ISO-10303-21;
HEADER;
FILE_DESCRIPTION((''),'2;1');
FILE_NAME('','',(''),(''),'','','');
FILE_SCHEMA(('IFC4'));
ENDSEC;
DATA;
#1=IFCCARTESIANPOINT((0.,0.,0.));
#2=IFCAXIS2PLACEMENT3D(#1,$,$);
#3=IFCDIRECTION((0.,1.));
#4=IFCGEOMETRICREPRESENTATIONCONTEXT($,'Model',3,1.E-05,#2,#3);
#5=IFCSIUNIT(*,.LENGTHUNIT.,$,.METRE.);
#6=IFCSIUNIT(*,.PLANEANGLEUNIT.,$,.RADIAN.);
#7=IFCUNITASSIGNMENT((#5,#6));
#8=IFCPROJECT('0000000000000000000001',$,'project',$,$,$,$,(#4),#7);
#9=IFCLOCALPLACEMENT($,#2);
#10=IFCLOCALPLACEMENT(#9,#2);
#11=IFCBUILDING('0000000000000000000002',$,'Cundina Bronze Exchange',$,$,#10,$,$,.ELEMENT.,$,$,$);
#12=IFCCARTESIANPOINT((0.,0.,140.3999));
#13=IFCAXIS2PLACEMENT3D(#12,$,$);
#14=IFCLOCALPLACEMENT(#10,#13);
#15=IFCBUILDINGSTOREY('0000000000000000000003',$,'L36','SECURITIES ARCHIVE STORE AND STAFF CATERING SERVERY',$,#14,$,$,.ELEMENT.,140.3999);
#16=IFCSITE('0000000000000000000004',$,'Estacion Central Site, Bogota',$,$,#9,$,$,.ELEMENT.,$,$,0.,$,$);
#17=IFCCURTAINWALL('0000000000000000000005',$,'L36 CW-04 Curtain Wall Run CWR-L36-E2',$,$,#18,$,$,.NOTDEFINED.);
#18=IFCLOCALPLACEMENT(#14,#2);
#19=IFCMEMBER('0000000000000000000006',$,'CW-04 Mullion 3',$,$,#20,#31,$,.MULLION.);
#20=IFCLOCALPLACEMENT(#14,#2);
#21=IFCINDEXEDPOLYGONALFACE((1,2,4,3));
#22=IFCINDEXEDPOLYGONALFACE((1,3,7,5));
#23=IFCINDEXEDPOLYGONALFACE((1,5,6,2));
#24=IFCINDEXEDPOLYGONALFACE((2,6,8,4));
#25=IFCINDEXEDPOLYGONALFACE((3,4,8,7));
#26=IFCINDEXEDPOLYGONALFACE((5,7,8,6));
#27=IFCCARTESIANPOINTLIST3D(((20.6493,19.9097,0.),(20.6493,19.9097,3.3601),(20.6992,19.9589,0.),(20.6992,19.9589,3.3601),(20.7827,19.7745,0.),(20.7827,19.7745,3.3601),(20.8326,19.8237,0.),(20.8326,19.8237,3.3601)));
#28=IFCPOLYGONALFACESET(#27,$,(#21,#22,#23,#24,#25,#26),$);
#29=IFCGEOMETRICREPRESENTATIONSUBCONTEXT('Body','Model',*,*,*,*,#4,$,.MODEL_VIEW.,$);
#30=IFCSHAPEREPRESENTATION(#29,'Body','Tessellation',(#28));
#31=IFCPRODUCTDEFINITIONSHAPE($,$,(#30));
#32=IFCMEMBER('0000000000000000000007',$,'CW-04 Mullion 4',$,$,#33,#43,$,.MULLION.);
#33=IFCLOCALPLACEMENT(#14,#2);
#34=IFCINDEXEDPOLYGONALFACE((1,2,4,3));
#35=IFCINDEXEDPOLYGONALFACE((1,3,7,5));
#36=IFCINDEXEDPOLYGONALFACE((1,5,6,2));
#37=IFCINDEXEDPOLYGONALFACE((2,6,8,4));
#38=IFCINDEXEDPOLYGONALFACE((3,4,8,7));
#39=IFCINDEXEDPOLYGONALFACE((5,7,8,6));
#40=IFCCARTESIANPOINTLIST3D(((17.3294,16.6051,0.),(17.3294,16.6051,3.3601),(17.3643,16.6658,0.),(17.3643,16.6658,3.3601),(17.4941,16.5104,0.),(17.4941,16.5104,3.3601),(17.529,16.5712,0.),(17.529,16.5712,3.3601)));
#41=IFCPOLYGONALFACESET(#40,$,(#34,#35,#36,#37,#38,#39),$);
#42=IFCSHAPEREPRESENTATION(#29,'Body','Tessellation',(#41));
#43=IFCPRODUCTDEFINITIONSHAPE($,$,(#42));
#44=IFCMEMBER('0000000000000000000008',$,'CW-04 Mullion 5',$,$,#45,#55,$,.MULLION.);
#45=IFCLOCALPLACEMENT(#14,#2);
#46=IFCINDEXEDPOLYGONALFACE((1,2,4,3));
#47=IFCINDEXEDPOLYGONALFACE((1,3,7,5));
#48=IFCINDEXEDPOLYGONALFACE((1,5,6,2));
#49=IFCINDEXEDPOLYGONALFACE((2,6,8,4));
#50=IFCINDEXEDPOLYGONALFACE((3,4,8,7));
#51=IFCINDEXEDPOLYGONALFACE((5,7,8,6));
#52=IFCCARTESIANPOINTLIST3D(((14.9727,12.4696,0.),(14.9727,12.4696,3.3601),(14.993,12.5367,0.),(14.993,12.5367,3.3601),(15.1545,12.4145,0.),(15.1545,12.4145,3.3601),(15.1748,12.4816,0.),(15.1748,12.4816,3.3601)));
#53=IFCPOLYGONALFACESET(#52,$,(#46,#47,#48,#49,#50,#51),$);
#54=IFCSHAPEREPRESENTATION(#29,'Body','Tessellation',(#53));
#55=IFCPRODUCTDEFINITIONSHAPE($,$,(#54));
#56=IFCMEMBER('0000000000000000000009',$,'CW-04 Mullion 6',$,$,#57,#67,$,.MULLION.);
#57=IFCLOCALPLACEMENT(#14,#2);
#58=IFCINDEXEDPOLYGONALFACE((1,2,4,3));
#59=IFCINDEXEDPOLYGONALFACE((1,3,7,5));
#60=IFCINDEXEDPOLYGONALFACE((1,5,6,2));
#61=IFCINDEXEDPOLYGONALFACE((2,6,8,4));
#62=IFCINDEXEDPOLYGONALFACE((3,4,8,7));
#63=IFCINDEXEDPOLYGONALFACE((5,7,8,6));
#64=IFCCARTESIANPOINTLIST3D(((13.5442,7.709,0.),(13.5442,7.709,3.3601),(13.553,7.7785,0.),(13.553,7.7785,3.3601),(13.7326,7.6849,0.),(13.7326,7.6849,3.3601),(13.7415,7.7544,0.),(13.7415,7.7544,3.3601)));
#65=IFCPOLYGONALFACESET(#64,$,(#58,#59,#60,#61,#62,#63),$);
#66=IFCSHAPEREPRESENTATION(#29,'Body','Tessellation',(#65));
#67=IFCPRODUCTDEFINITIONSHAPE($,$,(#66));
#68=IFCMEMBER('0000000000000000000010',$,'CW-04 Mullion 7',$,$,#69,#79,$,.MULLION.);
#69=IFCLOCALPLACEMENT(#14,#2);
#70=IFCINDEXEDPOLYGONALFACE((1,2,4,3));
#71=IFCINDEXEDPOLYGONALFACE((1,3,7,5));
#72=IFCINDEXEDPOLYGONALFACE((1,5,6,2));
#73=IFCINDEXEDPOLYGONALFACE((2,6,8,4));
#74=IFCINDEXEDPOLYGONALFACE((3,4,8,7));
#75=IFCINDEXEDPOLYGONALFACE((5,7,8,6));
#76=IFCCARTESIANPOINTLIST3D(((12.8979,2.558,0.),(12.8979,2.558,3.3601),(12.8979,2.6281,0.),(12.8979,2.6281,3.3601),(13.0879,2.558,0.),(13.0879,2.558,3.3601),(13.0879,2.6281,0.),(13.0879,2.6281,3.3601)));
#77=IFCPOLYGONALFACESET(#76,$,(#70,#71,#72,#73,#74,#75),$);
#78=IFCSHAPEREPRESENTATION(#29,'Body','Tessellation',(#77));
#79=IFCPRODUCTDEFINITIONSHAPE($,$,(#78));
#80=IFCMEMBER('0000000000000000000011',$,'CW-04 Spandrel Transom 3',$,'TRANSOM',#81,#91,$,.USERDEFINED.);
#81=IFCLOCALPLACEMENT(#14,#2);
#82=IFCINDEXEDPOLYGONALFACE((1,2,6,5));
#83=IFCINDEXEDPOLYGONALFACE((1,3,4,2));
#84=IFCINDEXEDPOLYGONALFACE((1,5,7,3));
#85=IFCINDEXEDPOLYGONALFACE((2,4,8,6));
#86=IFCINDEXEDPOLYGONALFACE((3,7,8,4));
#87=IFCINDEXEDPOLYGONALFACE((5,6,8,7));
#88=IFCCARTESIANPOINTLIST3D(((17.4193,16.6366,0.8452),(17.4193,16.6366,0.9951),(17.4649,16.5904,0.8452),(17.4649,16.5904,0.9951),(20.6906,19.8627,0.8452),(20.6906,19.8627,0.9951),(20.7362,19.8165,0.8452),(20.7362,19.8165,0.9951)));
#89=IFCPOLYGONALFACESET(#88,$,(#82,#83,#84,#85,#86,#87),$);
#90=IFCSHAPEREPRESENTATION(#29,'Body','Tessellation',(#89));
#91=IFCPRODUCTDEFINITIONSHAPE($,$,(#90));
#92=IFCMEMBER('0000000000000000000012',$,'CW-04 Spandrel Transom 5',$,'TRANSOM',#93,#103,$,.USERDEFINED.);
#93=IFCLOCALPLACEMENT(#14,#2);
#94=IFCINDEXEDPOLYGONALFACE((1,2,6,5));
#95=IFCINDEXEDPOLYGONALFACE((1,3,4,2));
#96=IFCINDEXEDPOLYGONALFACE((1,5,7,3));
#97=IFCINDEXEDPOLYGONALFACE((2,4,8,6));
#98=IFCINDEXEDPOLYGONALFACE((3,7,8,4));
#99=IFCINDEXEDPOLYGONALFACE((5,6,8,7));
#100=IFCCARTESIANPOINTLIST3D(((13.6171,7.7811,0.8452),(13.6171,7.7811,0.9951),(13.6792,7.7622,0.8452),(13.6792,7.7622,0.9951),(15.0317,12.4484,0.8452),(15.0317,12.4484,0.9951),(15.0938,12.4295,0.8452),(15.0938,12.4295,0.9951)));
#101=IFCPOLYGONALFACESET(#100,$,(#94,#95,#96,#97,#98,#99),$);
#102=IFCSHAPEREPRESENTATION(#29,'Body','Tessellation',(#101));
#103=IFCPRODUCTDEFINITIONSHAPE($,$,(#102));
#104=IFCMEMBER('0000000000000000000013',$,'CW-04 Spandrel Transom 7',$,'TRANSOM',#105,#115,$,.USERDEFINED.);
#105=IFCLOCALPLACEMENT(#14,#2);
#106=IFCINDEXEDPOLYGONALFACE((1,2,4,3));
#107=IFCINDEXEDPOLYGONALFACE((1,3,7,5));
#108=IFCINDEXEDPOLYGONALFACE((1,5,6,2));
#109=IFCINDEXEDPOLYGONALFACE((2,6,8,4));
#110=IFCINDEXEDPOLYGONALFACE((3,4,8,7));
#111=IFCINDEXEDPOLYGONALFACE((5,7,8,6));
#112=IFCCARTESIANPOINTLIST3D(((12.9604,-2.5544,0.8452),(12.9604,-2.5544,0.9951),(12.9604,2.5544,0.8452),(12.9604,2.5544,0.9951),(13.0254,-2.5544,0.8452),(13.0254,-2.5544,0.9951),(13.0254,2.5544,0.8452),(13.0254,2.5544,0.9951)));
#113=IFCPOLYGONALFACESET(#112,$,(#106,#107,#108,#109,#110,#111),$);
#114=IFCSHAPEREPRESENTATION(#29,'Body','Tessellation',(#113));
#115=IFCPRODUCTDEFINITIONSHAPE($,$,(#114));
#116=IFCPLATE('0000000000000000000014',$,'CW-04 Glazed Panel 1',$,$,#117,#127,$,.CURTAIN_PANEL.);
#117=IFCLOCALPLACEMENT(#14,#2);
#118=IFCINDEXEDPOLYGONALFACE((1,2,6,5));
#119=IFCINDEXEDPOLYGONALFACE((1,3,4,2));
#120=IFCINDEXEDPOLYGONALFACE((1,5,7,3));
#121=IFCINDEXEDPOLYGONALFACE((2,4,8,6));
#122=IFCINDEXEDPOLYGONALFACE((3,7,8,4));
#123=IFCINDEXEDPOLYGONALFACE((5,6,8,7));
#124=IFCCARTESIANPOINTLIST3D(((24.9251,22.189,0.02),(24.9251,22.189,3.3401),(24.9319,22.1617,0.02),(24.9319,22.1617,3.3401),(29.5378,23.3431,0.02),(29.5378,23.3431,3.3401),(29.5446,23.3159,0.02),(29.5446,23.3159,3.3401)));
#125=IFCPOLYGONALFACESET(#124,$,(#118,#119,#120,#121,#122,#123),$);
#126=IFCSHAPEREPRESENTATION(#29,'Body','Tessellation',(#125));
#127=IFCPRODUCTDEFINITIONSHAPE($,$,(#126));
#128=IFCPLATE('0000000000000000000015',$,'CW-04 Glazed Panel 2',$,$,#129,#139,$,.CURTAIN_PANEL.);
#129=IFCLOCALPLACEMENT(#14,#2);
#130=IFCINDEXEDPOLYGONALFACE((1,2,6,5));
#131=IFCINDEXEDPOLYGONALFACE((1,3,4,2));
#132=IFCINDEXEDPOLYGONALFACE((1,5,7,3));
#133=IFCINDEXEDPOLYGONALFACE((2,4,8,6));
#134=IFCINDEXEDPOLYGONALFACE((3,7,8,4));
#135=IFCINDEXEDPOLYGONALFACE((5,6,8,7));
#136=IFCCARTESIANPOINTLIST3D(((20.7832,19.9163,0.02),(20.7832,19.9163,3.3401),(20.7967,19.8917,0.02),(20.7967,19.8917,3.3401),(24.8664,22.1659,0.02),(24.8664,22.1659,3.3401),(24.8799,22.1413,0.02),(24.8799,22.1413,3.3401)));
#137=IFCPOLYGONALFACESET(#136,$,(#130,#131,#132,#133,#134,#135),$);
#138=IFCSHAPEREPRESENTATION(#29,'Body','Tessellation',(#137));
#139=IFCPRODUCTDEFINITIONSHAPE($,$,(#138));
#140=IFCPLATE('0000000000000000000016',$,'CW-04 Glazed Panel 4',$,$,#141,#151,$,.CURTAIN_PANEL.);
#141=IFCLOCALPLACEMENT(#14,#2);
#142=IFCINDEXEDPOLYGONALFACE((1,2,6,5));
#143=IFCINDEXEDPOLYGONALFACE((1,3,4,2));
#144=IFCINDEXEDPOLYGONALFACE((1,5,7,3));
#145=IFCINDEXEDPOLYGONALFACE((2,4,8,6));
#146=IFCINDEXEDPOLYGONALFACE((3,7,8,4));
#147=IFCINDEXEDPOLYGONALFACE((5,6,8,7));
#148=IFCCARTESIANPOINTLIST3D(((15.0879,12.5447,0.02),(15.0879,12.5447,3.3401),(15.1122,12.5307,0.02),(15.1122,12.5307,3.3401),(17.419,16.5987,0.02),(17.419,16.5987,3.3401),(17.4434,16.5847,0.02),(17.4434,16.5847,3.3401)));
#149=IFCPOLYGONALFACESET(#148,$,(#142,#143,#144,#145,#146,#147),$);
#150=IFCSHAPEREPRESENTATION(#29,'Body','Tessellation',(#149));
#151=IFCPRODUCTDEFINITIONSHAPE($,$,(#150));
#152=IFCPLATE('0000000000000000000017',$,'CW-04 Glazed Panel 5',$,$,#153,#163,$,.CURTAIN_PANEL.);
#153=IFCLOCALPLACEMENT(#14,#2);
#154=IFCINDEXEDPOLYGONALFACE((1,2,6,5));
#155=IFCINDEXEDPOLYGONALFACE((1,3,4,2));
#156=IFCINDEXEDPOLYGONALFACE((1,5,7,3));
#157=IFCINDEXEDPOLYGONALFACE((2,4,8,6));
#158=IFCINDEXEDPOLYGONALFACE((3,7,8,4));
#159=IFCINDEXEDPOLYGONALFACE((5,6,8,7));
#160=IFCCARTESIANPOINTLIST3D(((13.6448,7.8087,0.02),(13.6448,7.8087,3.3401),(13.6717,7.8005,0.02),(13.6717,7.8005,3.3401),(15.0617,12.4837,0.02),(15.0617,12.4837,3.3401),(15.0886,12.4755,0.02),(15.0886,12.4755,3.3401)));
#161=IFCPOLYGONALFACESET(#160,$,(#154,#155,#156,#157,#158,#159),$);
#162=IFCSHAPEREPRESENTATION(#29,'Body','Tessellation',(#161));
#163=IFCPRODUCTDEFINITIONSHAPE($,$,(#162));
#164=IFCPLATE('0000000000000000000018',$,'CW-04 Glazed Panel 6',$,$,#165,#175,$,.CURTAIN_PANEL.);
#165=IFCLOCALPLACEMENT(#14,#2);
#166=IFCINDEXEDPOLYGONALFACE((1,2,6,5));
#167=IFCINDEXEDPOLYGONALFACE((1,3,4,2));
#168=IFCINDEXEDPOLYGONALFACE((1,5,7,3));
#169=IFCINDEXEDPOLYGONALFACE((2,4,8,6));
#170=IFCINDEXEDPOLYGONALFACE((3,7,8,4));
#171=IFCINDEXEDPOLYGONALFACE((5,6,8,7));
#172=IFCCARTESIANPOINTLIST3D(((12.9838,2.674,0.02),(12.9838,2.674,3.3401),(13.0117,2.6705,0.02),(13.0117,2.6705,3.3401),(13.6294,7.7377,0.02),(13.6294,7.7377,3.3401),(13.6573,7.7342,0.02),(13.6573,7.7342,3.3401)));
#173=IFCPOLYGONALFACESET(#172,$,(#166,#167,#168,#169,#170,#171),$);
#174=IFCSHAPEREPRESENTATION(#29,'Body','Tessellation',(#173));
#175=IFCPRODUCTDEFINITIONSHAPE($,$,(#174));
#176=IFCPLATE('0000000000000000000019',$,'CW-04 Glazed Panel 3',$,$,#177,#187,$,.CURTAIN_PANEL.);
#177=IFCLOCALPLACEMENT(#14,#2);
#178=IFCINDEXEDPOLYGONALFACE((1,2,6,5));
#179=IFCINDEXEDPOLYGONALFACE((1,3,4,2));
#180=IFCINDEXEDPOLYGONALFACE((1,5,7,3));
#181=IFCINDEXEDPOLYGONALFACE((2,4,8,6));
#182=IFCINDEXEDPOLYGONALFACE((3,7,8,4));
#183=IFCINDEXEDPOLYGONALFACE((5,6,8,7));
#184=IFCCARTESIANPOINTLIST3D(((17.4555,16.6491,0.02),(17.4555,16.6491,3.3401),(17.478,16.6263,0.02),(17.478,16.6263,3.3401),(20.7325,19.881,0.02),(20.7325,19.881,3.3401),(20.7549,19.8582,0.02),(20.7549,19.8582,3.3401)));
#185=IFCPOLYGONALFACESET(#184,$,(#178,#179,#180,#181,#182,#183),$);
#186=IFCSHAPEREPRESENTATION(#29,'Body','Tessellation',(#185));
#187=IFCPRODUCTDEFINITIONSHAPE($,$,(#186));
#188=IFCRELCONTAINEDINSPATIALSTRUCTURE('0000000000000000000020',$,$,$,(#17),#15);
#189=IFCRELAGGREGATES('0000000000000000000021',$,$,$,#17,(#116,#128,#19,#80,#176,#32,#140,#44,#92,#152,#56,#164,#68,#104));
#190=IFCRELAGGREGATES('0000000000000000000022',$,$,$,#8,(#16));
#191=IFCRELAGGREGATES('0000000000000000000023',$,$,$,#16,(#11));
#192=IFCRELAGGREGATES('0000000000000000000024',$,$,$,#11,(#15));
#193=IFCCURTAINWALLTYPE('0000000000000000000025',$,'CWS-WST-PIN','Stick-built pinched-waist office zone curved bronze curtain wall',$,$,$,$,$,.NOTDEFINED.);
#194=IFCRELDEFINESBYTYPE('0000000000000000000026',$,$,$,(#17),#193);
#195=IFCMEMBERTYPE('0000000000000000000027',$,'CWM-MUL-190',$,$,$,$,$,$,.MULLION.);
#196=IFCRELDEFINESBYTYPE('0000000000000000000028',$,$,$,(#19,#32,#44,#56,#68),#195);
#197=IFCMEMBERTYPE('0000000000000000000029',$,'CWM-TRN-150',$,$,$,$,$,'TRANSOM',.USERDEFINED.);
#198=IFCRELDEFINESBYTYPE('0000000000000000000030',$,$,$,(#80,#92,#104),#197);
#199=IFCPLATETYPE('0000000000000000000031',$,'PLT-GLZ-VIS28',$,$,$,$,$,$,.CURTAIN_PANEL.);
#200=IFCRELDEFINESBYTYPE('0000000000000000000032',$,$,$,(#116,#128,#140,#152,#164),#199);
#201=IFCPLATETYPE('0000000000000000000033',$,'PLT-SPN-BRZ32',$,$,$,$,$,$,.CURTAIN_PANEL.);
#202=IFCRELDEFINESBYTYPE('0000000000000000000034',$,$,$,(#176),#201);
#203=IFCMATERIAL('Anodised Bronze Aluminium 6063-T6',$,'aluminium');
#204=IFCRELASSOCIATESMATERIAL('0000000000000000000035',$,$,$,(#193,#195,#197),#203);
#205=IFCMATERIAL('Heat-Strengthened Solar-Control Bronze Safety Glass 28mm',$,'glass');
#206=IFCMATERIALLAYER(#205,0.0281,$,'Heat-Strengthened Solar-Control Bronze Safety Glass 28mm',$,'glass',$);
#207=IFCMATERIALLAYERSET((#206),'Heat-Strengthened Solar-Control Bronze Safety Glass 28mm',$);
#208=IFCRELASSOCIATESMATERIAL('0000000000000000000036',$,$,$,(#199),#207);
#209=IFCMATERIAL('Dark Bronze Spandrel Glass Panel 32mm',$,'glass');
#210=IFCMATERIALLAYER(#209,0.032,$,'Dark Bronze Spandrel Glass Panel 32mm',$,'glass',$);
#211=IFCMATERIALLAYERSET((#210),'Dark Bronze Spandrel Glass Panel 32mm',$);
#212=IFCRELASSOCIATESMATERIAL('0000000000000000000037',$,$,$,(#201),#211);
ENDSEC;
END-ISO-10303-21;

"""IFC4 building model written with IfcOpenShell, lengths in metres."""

from ifc_helpers import new_model, si_unit, direction, frame, origin, origin_2d, place, context, subcontext, project, spatial, rectangle, extrude, material, layer, layer_set, material_profile, profile_set, type_object, element, aggregate, save


model = new_model("IFC4")

# Units and contexts
model_context = context("Model", 3, precision=1e-05, world=origin(), true_north=direction((0.0, 1.0)))
body_context = subcontext(model_context, "Body", "Model", "MODEL_VIEW")
ifc_project = project(units=[si_unit("LENGTHUNIT", "METRE"), si_unit("PLANEANGLEUNIT", "RADIAN")], contexts=[model_context])

# Site, building, storey
site_placement = place(None, origin())
site = spatial("IfcSite", under=ifc_project, at=site_placement, Name="Estacion Central Site, Bogota", CompositionType="ELEMENT", RefElevation=0.0)
building_placement = place(site_placement, origin())
building = spatial("IfcBuilding", under=site, at=building_placement, Name="Cundina Bronze Exchange", CompositionType="ELEMENT")
storey_placement = place(building_placement, frame((0.0, 0.0, 140.3999)))
storey = spatial("IfcBuildingStorey", under=building, at=storey_placement, Name="L36", Description="SECURITIES ARCHIVE STORE AND STAFF CATERING SERVERY", CompositionType="ELEMENT", Elevation=140.3999)

# Curtain wall, members, plates
ifc_material_1 = material(Name="Anodised Bronze Aluminium 6063-T6", Category="aluminium")
curtain_wall_type = type_object("IfcCurtainWallType", Name="CWS-WST-PIN", Description="Stick-built pinched-waist office zone curved bronze curtain wall", PredefinedType="NOTDEFINED", material=ifc_material_1)
curtain_wall_placement = place(storey_placement, origin())
curtain_wall = element("IfcCurtainWall", 1, at=curtain_wall_placement, inside=storey, type_object=curtain_wall_type, Name="L36 CW-04 Curtain Wall Run CWR-L36-E2", PredefinedType="NOTDEFINED")
ifc_material_profile_1 = material_profile(ifc_material_1, rectangle(XDim=0.0701, YDim=0.1899, at=origin_2d()), Name="AL70X190", Category="aluminium")
ifc_profile_set_1 = profile_set([ifc_material_profile_1], Name="Anodised Bronze Aluminium 6063-T6")
member_type_1 = type_object("IfcMemberType", Name="CWM-MUL-190", PredefinedType="MULLION", material=ifc_profile_set_1)
member_1_placement = place(storey_placement, frame((20.741, 19.8667, 0.0), z_axis=(0.0, 0.0, 1.0), x_axis=(-0.712026, -0.702153, 0.0)))
member_1 = element("IfcMember", 2, at=member_1_placement, type_object=member_type_1, Name="CW-04 Mullion 3", PredefinedType="MULLION", context=body_context, shape_type="SweptSolid", body=[
    extrude(rectangle(XDim=0.0701, YDim=0.1899, at=origin_2d()), origin(), (0.0, 0.0, 1.0), 3.3601),
])
member_2_placement = place(storey_placement, frame((17.4292, 16.5881, 0.0), z_axis=(0.0, 0.0, 1.0), x_axis=(-0.498488, -0.866897, 0.0)))
member_2 = element("IfcMember", 3, at=member_2_placement, type_object=member_type_1, Name="CW-04 Mullion 4", PredefinedType="MULLION", context=body_context, shape_type="SweptSolid", body=[
    extrude(rectangle(XDim=0.0701, YDim=0.1899, at=origin_2d()), origin(), (0.0, 0.0, 1.0), 3.3601),
])
member_3_placement = place(storey_placement, frame((15.0737, 12.4756, 0.0), z_axis=(0.0, 0.0, 1.0), x_axis=(-0.290034, -0.957016, 0.0)))
member_3 = element("IfcMember", 4, at=member_3_placement, type_object=member_type_1, Name="CW-04 Mullion 5", PredefinedType="MULLION", context=body_context, shape_type="SweptSolid", body=[
    extrude(rectangle(XDim=0.0701, YDim=0.1899, at=origin_2d()), origin(), (0.0, 0.0, 1.0), 3.3601),
])
member_4_placement = place(storey_placement, frame((13.6428, 7.7317, 0.0), z_axis=(0.0, 0.0, 1.0), x_axis=(-0.126545, -0.991961, 0.0)))
member_4 = element("IfcMember", 5, at=member_4_placement, type_object=member_type_1, Name="CW-04 Mullion 6", PredefinedType="MULLION", context=body_context, shape_type="SweptSolid", body=[
    extrude(rectangle(XDim=0.0701, YDim=0.1899, at=origin_2d()), origin(), (0.0, 0.0, 1.0), 3.3601),
])
member_5_placement = place(storey_placement, frame((12.9929, 2.593, 0.0), z_axis=(0.0, 0.0, 1.0), x_axis=(0.0, -1.0, 0.0)))
member_5 = element("IfcMember", 6, at=member_5_placement, type_object=member_type_1, Name="CW-04 Mullion 7", PredefinedType="MULLION", context=body_context, shape_type="SweptSolid", body=[
    extrude(rectangle(XDim=0.0701, YDim=0.1899, at=origin_2d()), origin(), (0.0, 0.0, 1.0), 3.3601),
])
ifc_material_profile_2 = material_profile(ifc_material_1, rectangle(XDim=0.0649, YDim=0.1499, at=origin_2d()), Name="AL65X150", Category="aluminium")
ifc_profile_set_2 = profile_set([ifc_material_profile_2], Name="Anodised Bronze Aluminium 6063-T6")
member_type_2 = type_object("IfcMemberType", Name="CWM-TRN-150", ElementType="TRANSOM", PredefinedType="USERDEFINED", material=ifc_profile_set_2)
member_6_placement = place(storey_placement, frame((20.7134, 19.8396, 0.9202), z_axis=(-0.712005, -0.702174, 0.0), x_axis=(0.702174, -0.712005, 0.0)))
member_6 = element("IfcMember", 7, at=member_6_placement, type_object=member_type_2, Name="CW-04 Spandrel Transom 3", ObjectType="TRANSOM", PredefinedType="USERDEFINED", context=body_context, shape_type="SweptSolid", body=[
    extrude(rectangle(XDim=0.0649, YDim=0.1499, at=origin_2d()), origin(), (0.0, 0.0, 1.0), 4.5945),
])
member_7_placement = place(storey_placement, frame((15.0627, 12.439, 0.9202), z_axis=(-0.290052, -0.957011, 0.0), x_axis=(0.957011, -0.290052, 0.0)))
member_7 = element("IfcMember", 8, at=member_7_placement, type_object=member_type_2, Name="CW-04 Spandrel Transom 5", ObjectType="TRANSOM", PredefinedType="USERDEFINED", context=body_context, shape_type="SweptSolid", body=[
    extrude(rectangle(XDim=0.0649, YDim=0.1499, at=origin_2d()), origin(), (0.0, 0.0, 1.0), 4.877),
])
member_8_placement = place(storey_placement, frame((12.9929, 2.5544, 0.9202), z_axis=(0.0, -1.0, 0.0), x_axis=(1.0, 0.0, 0.0)))
member_8 = element("IfcMember", 9, at=member_8_placement, type_object=member_type_2, Name="CW-04 Spandrel Transom 7", ObjectType="TRANSOM", PredefinedType="USERDEFINED", context=body_context, shape_type="SweptSolid", body=[
    extrude(rectangle(XDim=0.0649, YDim=0.1499, at=origin_2d()), origin(), (0.0, 0.0, 1.0), 5.1089),
])
ifc_material_2 = material(Name="Heat-Strengthened Solar-Control Bronze Safety Glass 28mm", Category="glass")
ifc_layer_1 = layer(ifc_material_2, 0.0281, Name="Heat-Strengthened Solar-Control Bronze Safety Glass 28mm", Category="glass")
ifc_layer_set_1 = layer_set([ifc_layer_1], Name="Heat-Strengthened Solar-Control Bronze Safety Glass 28mm")
plate_type_1 = type_object("IfcPlateType", Name="PLT-GLZ-VIS28", PredefinedType="CURTAIN_PANEL", material=ifc_layer_set_1)
plate_1_placement = place(storey_placement, frame((27.2349, 22.7524, 0.02), z_axis=(0.0, 0.0, 1.0), x_axis=(-0.970093, -0.242735, 0.0)))
plate_1 = element("IfcPlate", 10, at=plate_1_placement, type_object=plate_type_1, Name="CW-04 Glazed Panel 1", PredefinedType="CURTAIN_PANEL", context=body_context, shape_type="SweptSolid", body=[
    extrude(rectangle(XDim=4.7549, YDim=0.0281, at=origin_2d()), origin(), (0.0, 0.0, 1.0), 3.3201),
])
plate_2_placement = place(storey_placement, frame((22.8315, 21.0288, 0.02), z_axis=(0.0, 0.0, 1.0), x_axis=(-0.875869, -0.482549, 0.0)))
plate_2 = element("IfcPlate", 11, at=plate_2_placement, type_object=plate_type_1, Name="CW-04 Glazed Panel 2", PredefinedType="CURTAIN_PANEL", context=body_context, shape_type="SweptSolid", body=[
    extrude(rectangle(XDim=4.6619, YDim=0.0281, at=origin_2d()), origin(), (0.0, 0.0, 1.0), 3.3201),
])
plate_3_placement = place(storey_placement, frame((16.2656, 14.5647, 0.02), z_axis=(0.0, 0.0, 1.0), x_axis=(-0.498488, -0.866897, 0.0)))
plate_3 = element("IfcPlate", 12, at=plate_3_placement, type_object=plate_type_1, Name="CW-04 Glazed Panel 4", PredefinedType="CURTAIN_PANEL", context=body_context, shape_type="SweptSolid", body=[
    extrude(rectangle(XDim=4.6765, YDim=0.0281, at=origin_2d()), origin(), (0.0, 0.0, 1.0), 3.3201),
])
plate_4_placement = place(storey_placement, frame((14.3667, 10.1421, 0.02), z_axis=(0.0, 0.0, 1.0), x_axis=(-0.290051, -0.957011, 0.0)))
plate_4 = element("IfcPlate", 13, at=plate_4_placement, type_object=plate_type_1, Name="CW-04 Glazed Panel 5", PredefinedType="CURTAIN_PANEL", context=body_context, shape_type="SweptSolid", body=[
    extrude(rectangle(XDim=4.885, YDim=0.0281, at=origin_2d()), origin(), (0.0, 0.0, 1.0), 3.3201),
])
plate_5_placement = place(storey_placement, frame((13.3206, 5.2041, 0.02), z_axis=(0.0, 0.0, 1.0), x_axis=(-0.126476, -0.99197, 0.0)))
plate_5 = element("IfcPlate", 14, at=plate_5_placement, type_object=plate_type_1, Name="CW-04 Glazed Panel 6", PredefinedType="CURTAIN_PANEL", context=body_context, shape_type="SweptSolid", body=[
    extrude(rectangle(XDim=5.1047, YDim=0.0281, at=origin_2d()), origin(), (0.0, 0.0, 1.0), 3.3201),
])
ifc_material_3 = material(Name="Dark Bronze Spandrel Glass Panel 32mm", Category="glass")
ifc_layer_2 = layer(ifc_material_3, 0.032, Name="Dark Bronze Spandrel Glass Panel 32mm", Category="glass")
ifc_layer_set_2 = layer_set([ifc_layer_2], Name="Dark Bronze Spandrel Glass Panel 32mm")
plate_type_2 = type_object("IfcPlateType", Name="PLT-SPN-BRZ32", PredefinedType="CURTAIN_PANEL", material=ifc_layer_set_2)
plate_6_placement = place(storey_placement, frame((19.1052, 18.2537, 0.02), z_axis=(0.0, 0.0, 1.0), x_axis=(-0.711989, -0.70219, 0.0)))
plate_6 = element("IfcPlate", 15, at=plate_6_placement, type_object=plate_type_2, Name="CW-04 Glazed Panel 3", PredefinedType="CURTAIN_PANEL", context=body_context, shape_type="SweptSolid", body=[
    extrude(rectangle(XDim=4.6025, YDim=0.032, at=origin_2d()), origin(), (0.0, 0.0, 1.0), 3.3201),
])
aggregate(curtain_wall, [plate_1, plate_2, member_1, member_6, plate_6, member_2, plate_3, member_3, member_7, plate_4, member_4, plate_5, member_5, member_8])

save(model, "model.ifc")
